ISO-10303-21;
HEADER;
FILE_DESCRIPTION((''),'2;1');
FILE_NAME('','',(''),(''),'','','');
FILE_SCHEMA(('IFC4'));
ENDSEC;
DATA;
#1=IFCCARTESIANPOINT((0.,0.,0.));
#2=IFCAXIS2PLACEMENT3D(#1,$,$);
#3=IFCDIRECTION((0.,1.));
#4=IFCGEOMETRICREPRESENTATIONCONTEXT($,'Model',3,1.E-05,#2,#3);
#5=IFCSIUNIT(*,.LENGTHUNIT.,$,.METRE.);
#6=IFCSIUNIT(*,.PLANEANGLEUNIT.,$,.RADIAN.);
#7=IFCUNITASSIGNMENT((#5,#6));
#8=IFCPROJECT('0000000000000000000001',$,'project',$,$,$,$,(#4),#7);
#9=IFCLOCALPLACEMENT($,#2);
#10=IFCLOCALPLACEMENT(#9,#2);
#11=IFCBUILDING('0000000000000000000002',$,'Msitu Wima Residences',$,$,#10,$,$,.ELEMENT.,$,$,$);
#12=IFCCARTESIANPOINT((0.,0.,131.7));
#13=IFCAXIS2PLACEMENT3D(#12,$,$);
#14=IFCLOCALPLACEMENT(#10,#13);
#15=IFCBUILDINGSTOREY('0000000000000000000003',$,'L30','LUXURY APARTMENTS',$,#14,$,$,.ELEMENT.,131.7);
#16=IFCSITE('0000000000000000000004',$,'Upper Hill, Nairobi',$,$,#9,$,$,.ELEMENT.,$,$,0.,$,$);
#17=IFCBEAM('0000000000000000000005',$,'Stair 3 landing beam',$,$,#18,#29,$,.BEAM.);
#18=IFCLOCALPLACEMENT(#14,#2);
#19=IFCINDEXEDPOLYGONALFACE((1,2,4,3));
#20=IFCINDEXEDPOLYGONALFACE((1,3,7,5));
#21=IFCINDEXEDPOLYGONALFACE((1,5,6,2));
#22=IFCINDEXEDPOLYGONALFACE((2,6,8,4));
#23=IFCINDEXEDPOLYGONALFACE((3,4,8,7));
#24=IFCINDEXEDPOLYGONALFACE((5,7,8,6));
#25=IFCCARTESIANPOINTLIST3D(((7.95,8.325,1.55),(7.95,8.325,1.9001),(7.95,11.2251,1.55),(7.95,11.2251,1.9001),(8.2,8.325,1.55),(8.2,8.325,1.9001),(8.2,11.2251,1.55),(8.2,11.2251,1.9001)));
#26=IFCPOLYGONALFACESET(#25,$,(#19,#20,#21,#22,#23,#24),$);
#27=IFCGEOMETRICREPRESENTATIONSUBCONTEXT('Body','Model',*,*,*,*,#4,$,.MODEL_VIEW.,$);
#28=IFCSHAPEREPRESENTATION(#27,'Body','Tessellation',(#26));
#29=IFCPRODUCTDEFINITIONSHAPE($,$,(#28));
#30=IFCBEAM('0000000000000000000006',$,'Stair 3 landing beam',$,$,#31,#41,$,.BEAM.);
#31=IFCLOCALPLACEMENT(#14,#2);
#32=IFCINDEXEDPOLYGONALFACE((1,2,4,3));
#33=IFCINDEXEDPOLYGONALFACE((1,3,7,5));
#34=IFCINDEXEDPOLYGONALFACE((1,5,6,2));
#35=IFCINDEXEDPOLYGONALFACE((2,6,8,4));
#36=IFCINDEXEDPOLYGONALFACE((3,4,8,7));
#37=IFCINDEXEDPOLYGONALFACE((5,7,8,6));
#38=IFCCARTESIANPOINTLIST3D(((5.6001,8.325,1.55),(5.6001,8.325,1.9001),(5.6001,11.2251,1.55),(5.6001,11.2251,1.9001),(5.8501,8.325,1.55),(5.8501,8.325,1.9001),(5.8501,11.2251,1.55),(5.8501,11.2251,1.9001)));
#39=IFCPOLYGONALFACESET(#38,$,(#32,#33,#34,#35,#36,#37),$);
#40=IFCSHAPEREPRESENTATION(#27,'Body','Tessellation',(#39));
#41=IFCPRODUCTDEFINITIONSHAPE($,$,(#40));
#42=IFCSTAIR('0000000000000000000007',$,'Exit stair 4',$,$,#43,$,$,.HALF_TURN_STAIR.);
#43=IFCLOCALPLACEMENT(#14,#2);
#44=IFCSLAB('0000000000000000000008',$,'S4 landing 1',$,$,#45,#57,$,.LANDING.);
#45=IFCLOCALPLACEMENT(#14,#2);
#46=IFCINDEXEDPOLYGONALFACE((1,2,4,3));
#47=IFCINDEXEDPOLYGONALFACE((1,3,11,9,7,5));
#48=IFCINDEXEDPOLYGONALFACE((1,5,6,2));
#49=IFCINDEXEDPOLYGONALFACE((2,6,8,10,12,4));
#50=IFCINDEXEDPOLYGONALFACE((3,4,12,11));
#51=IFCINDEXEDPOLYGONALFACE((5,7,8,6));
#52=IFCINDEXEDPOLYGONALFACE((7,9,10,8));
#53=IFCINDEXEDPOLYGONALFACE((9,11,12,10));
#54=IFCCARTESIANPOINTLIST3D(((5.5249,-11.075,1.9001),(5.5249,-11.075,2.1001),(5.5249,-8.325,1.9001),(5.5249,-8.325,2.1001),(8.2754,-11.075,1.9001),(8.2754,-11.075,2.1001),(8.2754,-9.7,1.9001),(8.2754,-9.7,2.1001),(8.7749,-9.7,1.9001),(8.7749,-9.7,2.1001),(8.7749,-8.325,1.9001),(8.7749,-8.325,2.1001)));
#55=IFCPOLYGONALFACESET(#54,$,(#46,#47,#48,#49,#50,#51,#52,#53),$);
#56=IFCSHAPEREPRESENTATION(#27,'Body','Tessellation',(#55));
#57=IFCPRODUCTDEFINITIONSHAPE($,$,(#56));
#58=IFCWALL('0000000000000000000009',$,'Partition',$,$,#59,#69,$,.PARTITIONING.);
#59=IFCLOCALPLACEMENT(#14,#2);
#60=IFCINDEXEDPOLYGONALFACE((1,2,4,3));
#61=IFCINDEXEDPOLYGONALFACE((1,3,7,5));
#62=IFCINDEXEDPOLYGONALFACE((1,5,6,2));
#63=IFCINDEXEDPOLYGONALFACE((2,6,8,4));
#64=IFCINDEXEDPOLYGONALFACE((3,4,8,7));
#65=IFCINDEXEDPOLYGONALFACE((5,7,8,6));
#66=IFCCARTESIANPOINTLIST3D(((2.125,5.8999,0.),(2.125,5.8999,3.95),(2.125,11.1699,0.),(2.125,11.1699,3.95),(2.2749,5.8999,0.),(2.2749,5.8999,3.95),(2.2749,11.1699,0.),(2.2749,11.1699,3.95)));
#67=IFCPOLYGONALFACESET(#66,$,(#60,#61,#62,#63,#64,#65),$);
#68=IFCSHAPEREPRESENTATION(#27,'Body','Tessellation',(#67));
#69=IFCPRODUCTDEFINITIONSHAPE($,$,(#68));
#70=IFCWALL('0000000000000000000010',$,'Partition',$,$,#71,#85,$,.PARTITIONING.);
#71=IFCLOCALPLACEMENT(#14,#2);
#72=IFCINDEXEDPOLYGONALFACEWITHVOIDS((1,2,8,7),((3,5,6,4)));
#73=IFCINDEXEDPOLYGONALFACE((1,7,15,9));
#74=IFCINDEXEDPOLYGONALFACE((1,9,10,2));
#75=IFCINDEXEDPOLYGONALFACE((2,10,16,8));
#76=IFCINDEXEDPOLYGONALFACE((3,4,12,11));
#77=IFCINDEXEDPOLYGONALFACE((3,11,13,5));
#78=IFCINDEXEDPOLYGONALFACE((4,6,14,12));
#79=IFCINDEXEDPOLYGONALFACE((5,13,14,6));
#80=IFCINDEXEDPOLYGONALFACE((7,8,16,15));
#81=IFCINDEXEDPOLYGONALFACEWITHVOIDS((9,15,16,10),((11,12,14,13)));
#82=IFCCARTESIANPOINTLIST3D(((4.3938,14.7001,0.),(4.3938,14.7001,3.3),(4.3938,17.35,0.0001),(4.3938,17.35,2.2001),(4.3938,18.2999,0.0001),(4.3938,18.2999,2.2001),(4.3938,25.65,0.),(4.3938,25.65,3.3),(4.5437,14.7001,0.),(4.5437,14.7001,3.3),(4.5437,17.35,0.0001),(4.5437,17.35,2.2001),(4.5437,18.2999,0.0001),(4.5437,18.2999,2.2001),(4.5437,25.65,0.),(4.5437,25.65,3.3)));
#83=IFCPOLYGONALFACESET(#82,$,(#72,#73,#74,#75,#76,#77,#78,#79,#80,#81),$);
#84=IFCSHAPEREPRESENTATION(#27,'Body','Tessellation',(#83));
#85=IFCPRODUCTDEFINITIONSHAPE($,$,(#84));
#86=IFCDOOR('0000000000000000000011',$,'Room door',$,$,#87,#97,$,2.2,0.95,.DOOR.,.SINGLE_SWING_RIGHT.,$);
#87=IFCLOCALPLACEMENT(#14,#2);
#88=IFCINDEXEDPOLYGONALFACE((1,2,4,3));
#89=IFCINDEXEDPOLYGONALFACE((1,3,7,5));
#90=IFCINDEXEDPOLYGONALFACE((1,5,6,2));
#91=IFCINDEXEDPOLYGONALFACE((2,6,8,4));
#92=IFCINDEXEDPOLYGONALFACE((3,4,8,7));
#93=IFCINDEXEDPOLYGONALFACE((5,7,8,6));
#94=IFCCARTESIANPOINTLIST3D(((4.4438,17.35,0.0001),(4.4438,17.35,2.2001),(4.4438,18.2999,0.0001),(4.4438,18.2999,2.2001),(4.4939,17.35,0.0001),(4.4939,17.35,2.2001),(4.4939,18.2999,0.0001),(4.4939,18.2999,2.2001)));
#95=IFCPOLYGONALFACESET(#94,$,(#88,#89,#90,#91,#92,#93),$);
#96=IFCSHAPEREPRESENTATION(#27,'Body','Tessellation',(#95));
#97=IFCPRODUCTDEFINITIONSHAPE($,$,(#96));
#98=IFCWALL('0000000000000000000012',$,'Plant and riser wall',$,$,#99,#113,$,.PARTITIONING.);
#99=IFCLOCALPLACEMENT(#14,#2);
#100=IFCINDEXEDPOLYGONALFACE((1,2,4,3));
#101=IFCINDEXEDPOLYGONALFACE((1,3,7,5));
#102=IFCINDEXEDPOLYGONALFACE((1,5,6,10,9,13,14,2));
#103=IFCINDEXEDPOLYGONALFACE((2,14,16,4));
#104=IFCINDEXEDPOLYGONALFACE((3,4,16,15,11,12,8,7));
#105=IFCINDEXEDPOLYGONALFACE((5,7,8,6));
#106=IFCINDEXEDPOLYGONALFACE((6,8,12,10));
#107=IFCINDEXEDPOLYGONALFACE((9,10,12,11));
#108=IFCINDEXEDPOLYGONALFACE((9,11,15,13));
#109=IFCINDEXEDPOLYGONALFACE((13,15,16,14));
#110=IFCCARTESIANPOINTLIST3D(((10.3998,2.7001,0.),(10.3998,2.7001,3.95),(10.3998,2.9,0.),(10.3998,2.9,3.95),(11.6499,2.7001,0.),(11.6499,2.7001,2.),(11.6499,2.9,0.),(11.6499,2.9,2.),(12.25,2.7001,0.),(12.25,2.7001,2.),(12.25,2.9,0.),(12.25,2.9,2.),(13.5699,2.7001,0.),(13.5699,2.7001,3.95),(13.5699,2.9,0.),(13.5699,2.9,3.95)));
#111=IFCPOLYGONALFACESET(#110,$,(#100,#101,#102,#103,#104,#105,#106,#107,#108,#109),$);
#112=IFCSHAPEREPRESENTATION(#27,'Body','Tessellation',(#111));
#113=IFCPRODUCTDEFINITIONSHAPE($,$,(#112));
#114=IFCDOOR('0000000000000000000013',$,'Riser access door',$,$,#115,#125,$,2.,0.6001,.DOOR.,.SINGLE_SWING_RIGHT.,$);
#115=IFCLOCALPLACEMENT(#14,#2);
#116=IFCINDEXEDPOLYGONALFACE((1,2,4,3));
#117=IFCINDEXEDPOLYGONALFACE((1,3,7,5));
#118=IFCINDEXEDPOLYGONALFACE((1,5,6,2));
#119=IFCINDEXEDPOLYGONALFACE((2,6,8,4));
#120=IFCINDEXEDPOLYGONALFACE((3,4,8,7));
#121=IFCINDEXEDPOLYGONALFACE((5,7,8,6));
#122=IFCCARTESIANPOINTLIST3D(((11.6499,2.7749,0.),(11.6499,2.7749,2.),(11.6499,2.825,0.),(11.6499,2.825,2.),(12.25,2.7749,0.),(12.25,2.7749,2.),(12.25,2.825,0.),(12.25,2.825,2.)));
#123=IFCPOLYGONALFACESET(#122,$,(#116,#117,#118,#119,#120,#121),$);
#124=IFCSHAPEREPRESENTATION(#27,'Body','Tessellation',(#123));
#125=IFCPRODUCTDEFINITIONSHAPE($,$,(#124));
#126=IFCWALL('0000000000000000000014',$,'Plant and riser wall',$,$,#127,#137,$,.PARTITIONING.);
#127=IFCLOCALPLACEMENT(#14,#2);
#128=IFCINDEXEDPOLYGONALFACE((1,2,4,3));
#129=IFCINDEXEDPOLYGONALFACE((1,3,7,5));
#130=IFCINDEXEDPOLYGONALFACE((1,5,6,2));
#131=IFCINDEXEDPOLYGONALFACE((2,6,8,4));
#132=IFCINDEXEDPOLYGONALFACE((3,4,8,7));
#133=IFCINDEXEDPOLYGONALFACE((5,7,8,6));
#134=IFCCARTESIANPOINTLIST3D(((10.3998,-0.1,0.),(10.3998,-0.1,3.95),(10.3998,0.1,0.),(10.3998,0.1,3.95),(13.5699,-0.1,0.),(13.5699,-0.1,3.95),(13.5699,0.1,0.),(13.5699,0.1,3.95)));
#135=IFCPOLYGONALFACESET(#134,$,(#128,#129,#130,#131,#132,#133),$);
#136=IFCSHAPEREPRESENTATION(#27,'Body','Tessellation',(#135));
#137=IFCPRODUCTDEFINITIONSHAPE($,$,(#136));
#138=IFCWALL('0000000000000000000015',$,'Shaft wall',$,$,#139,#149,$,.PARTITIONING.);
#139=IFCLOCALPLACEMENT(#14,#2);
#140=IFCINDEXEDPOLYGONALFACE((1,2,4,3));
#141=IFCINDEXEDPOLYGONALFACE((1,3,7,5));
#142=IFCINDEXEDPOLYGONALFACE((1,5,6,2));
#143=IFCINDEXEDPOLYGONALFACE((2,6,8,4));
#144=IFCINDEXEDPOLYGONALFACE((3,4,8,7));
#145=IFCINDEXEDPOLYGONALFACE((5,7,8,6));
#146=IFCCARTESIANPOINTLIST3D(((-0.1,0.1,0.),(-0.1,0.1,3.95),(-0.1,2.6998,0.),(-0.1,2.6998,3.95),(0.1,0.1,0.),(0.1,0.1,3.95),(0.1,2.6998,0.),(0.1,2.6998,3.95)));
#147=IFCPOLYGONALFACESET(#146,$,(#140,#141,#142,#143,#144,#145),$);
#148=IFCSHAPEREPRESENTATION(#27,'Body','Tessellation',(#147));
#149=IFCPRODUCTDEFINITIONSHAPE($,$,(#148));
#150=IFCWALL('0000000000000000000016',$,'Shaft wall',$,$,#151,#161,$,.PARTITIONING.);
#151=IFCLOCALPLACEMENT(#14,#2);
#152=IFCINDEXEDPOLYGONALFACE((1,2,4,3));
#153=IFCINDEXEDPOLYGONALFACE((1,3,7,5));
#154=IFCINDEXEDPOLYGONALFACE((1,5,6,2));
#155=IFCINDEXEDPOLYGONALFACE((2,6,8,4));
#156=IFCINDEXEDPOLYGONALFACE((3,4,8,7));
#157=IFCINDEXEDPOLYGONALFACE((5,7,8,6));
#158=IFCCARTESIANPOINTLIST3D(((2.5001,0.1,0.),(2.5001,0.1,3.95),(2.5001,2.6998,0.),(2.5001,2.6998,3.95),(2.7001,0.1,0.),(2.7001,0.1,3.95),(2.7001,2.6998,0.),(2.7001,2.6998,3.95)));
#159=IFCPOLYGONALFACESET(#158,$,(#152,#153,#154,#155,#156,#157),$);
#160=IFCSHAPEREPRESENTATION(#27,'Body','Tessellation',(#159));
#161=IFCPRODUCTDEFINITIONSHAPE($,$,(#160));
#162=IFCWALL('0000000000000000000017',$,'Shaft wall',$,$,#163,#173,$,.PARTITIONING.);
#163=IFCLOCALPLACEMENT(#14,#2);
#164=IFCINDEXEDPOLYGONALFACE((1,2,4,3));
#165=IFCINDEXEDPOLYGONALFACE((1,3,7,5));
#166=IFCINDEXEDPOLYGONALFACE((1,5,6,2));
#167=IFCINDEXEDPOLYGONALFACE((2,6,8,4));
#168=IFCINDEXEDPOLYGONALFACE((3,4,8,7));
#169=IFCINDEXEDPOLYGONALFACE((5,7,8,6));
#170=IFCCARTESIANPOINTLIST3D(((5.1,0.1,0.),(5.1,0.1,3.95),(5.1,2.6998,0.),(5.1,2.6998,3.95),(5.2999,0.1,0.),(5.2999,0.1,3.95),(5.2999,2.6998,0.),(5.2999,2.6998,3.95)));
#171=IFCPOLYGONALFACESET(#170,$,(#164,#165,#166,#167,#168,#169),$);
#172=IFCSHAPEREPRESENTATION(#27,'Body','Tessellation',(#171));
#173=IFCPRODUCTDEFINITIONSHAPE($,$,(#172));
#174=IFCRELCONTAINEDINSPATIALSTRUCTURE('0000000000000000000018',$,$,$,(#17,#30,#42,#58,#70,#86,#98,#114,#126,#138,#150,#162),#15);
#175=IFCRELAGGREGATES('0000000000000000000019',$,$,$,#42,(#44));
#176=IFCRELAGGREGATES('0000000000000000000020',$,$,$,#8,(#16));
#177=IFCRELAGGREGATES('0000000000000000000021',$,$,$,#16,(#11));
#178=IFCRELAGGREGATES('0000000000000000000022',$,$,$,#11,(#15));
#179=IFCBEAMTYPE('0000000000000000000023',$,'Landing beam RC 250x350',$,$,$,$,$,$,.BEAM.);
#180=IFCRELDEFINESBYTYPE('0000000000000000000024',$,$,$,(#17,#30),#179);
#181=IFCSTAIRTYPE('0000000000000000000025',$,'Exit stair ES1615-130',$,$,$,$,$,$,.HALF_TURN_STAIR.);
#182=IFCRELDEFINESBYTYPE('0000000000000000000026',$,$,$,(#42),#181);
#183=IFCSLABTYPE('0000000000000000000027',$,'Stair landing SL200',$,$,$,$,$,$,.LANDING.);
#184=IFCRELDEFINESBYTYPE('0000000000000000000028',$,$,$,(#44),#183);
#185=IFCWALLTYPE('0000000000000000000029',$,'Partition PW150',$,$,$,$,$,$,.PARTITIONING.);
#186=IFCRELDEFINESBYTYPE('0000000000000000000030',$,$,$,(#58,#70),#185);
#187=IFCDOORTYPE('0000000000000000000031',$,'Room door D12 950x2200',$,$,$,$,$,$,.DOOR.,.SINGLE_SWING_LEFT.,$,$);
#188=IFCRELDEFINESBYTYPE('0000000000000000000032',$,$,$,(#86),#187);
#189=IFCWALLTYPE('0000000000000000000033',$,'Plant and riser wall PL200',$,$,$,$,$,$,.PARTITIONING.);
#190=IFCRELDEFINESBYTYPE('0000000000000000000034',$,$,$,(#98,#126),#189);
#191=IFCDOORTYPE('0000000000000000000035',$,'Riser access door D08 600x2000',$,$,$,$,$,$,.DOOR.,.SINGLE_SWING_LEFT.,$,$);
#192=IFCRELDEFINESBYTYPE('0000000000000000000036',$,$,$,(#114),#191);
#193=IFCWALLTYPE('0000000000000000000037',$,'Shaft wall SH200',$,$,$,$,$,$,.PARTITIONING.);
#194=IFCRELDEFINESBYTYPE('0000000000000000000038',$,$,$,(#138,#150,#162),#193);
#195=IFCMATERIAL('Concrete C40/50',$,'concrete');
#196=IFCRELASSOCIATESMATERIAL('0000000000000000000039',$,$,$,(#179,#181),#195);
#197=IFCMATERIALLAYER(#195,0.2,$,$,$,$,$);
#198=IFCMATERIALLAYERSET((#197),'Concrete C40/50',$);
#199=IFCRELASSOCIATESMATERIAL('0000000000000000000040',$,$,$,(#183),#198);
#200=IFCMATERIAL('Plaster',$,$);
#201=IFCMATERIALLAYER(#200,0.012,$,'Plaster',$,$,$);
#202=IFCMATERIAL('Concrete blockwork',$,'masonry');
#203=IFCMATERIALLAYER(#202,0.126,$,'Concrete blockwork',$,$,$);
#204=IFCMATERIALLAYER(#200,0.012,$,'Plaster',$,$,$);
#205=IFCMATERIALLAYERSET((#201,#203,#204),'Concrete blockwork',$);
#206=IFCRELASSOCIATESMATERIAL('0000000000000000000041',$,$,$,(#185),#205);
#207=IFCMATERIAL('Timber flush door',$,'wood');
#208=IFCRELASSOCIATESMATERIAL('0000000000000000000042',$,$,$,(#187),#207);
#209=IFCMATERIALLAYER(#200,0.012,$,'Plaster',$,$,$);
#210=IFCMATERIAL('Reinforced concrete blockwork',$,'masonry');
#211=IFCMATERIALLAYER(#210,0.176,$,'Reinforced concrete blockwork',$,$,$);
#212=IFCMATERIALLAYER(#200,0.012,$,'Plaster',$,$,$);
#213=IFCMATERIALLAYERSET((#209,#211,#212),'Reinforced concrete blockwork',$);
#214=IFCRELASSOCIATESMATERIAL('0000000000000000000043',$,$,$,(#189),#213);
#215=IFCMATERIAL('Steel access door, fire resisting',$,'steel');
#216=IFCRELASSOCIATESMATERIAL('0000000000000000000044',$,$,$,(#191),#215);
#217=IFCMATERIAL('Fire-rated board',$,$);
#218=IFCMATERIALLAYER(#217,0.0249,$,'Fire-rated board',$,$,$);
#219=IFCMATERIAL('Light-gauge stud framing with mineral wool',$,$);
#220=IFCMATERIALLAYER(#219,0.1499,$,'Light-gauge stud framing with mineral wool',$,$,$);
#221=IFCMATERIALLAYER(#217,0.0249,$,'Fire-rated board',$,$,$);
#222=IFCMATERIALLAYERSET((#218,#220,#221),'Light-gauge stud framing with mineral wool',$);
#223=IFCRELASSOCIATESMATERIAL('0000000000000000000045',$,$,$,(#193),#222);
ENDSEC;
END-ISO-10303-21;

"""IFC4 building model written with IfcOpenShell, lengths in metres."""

from ifc_helpers import new_model, si_unit, direction, frame, frame_2d, origin, origin_2d, place, context, subcontext, project, spatial, polyline, rectangle, outline, extrude, material, layer, layer_set, material_profile, profile_set, type_object, element, fill, aggregate, save


model = new_model("IFC4")

# Units and contexts
model_context = context("Model", 3, precision=1e-05, world=origin(), true_north=direction((0.0, 1.0)))
body_context = subcontext(model_context, "Body", "Model", "MODEL_VIEW")
ifc_project = project(units=[si_unit("LENGTHUNIT", "METRE"), si_unit("PLANEANGLEUNIT", "RADIAN")], contexts=[model_context])

# Site, building, storey
site_placement = place(None, origin())
site = spatial("IfcSite", under=ifc_project, at=site_placement, Name="Upper Hill, Nairobi", CompositionType="ELEMENT", RefElevation=0.0)
building_placement = place(site_placement, origin())
building = spatial("IfcBuilding", under=site, at=building_placement, Name="Msitu Wima Residences", CompositionType="ELEMENT")
storey_placement = place(building_placement, frame((0.0, 0.0, 131.7)))
storey = spatial("IfcBuildingStorey", under=building, at=storey_placement, Name="L30", Description="LUXURY APARTMENTS", CompositionType="ELEMENT", Elevation=131.7)

# Beams
ifc_material_1 = material(Name="Concrete C40/50", Category="concrete")
ifc_material_profile = material_profile(ifc_material_1, rectangle(XDim=0.25, YDim=0.3501, at=origin_2d()), Name="RC 250x350")
ifc_profile_set = profile_set([ifc_material_profile], Name="Concrete C40/50")
beam_type = type_object("IfcBeamType", Name="Landing beam RC 250x350", PredefinedType="BEAM", material=ifc_profile_set)
for number, where, z_axis, x_axis, name in (
    (1, (8.075, 8.325, 1.7251), (0.0, 1.0, 0.0), (-1.0, 0.0, 0.0), "Stair 3 landing beam"),
    (2, (5.7251, 8.325, 1.7251), (0.0, 1.0, 0.0), (-1.0, 0.0, 0.0), "Stair 3 landing beam"),
):
    element("IfcBeam", number, at=place(storey_placement, frame(where, z_axis=z_axis, x_axis=x_axis)), inside=storey, type_object=beam_type, Name=name, PredefinedType="BEAM", context=body_context, shape_type="SweptSolid", body=[
        extrude(rectangle(XDim=0.25, YDim=0.3501, at=origin_2d()), origin(), (0.0, 0.0, 1.0), 2.9001),
    ])

# Stair, slab
stair_type = type_object("IfcStairType", Name="Exit stair ES1615-130", PredefinedType="HALF_TURN_STAIR", material=ifc_material_1)
stair_1_placement = place(storey_placement, origin())
stair_1 = element("IfcStair", 3, at=stair_1_placement, inside=storey, type_object=stair_type, Name="Exit stair 4", PredefinedType="HALF_TURN_STAIR")
ifc_layer_1 = layer(ifc_material_1, 0.2)
ifc_layer_set_1 = layer_set([ifc_layer_1], Name="Concrete C40/50")
slab_type = type_object("IfcSlabType", Name="Stair landing SL200", PredefinedType="LANDING", material=ifc_layer_set_1)
slab_placement = place(storey_placement, frame((0.0, 0.0, 1.9001)))
slab = element("IfcSlab", 4, at=slab_placement, type_object=slab_type, Name="S4 landing 1", PredefinedType="LANDING", context=body_context, shape_type="SweptSolid", body=[
    extrude(outline(polyline([(5.5249, -11.075), (8.2754, -11.075), (8.2754, -9.7), (8.7749, -9.7), (8.7749, -8.325), (5.5249, -8.325), (5.5249, -11.075)])), origin(), (0.0, 0.0, 1.0), 0.2),
])
aggregate(stair_1, [slab])

# Wall
ifc_material_2 = material(Name="Plaster")
ifc_layer_2 = layer(ifc_material_2, 0.012, Name="Plaster")
ifc_material_3 = material(Name="Concrete blockwork", Category="masonry")
ifc_layer_3 = layer(ifc_material_3, 0.126, Name="Concrete blockwork")
ifc_layer_4 = layer(ifc_material_2, 0.012, Name="Plaster")
ifc_layer_set_2 = layer_set([ifc_layer_2, ifc_layer_3, ifc_layer_4], Name="Concrete blockwork")
wall_type_1 = type_object("IfcWallType", Name="Partition PW150", PredefinedType="PARTITIONING", material=ifc_layer_set_2)
wall_1_placement = place(storey_placement, frame((2.2, 5.8999, 0.0), z_axis=(0.0, 0.0, 1.0), x_axis=(0.0, 1.0, 0.0)))
element("IfcWall", 5, at=wall_1_placement, inside=storey, type_object=wall_type_1, Name="Partition", PredefinedType="PARTITIONING", context=body_context, shape_type="SweptSolid", body=[
    extrude(rectangle(XDim=5.27, YDim=0.1499, at=frame_2d((2.635, 0.0))), origin(), (0.0, 0.0, 1.0), 3.95),
])

# Walls, openings, doors
wall_2_placement = place(storey_placement, frame((4.4688, 14.7, 0.0), z_axis=(0.0, 0.0, 1.0), x_axis=(0.0, 1.0, 0.0)))
wall_2 = element("IfcWall", 6, at=wall_2_placement, inside=storey, type_object=wall_type_1, Name="Partition", PredefinedType="PARTITIONING", context=body_context, shape_type="SweptSolid", body=[
    extrude(rectangle(XDim=10.95, YDim=0.1499, at=frame_2d((5.4751, 0.0))), origin(), (0.0, 0.0, 1.0), 3.3),
])
opening_1_placement = place(wall_2_placement, frame((2.6499, 0.0, 0.0)))
opening_1 = element("IfcOpeningElement", 7, at=opening_1_placement, cuts=wall_2, PredefinedType="OPENING", context=body_context, shape_type="SweptSolid", body=[
    extrude(rectangle(XDim=0.95, YDim=2.2, at=frame_2d((0.4751, 1.1001))), frame((0.0, 0.085, 0.0), z_axis=(0.0, -1.0, 0.0), x_axis=(1.0, 0.0, 0.0)), (0.0, 0.0, 1.0), 0.1699),
])
ifc_material_4 = material(Name="Timber flush door", Category="wood")
door_type_1 = type_object("IfcDoorType", Name="Room door D12 950x2200", OperationType="SINGLE_SWING_LEFT", PredefinedType="DOOR", material=ifc_material_4)
door_1_placement = place(opening_1_placement, origin())
door_1 = element("IfcDoor", 8, at=door_1_placement, inside=storey, type_object=door_type_1, Name="Room door", OperationType="SINGLE_SWING_RIGHT", OverallHeight=2.2, OverallWidth=0.95, PredefinedType="DOOR", context=body_context, shape_type="SweptSolid", body=[
    extrude(rectangle(XDim=0.95, YDim=2.2, at=frame_2d((0.4751, 1.1001))), frame((0.0, 0.0249, 0.0), z_axis=(0.0, -1.0, 0.0), x_axis=(1.0, 0.0, 0.0)), (0.0, 0.0, 1.0), 0.05),
])
fill(opening_1, door_1)
ifc_layer_5 = layer(ifc_material_2, 0.012, Name="Plaster")
ifc_material_5 = material(Name="Reinforced concrete blockwork", Category="masonry")
ifc_layer_6 = layer(ifc_material_5, 0.176, Name="Reinforced concrete blockwork")
ifc_layer_7 = layer(ifc_material_2, 0.012, Name="Plaster")
ifc_layer_set_3 = layer_set([ifc_layer_5, ifc_layer_6, ifc_layer_7], Name="Reinforced concrete blockwork")
wall_type_2 = type_object("IfcWallType", Name="Plant and riser wall PL200", PredefinedType="PARTITIONING", material=ifc_layer_set_3)
wall_3_placement = place(storey_placement, frame((10.3999, 2.8, 0.0), z_axis=(0.0, 0.0, 1.0), x_axis=(1.0, 0.0, 0.0)))
wall_3 = element("IfcWall", 9, at=wall_3_placement, inside=storey, type_object=wall_type_2, Name="Plant and riser wall", PredefinedType="PARTITIONING", context=body_context, shape_type="SweptSolid", body=[
    extrude(rectangle(XDim=3.1702, YDim=0.2, at=frame_2d((1.585, 0.0))), origin(), (0.0, 0.0, 1.0), 3.95),
])
opening_2_placement = place(wall_3_placement, frame((1.25, 0.0, 0.0)))
opening_2 = element("IfcOpeningElement", 10, at=opening_2_placement, cuts=wall_3, PredefinedType="OPENING", context=body_context, shape_type="SweptSolid", body=[
    extrude(rectangle(XDim=0.6001, YDim=2.0, at=frame_2d((0.3, 1.0))), frame((0.0, 0.1099, 0.0), z_axis=(0.0, -1.0, 0.0), x_axis=(1.0, 0.0, 0.0)), (0.0, 0.0, 1.0), 0.22),
])
ifc_material_6 = material(Name="Steel access door, fire resisting", Category="steel")
door_type_2 = type_object("IfcDoorType", Name="Riser access door D08 600x2000", OperationType="SINGLE_SWING_LEFT", PredefinedType="DOOR", material=ifc_material_6)
door_2_placement = place(opening_2_placement, origin())
door_2 = element("IfcDoor", 11, at=door_2_placement, inside=storey, type_object=door_type_2, Name="Riser access door", OperationType="SINGLE_SWING_RIGHT", OverallHeight=2.0, OverallWidth=0.6001, PredefinedType="DOOR", context=body_context, shape_type="SweptSolid", body=[
    extrude(rectangle(XDim=0.6001, YDim=2.0, at=frame_2d((0.3, 1.0))), frame((0.0, 0.0249, 0.0), z_axis=(0.0, -1.0, 0.0), x_axis=(1.0, 0.0, 0.0)), (0.0, 0.0, 1.0), 0.05),
])
fill(opening_2, door_2)

# Walls
wall_4_placement = place(storey_placement, frame((10.3999, 0.0, 0.0), z_axis=(0.0, 0.0, 1.0), x_axis=(1.0, 0.0, 0.0)))
element("IfcWall", 12, at=wall_4_placement, inside=storey, type_object=wall_type_2, Name="Plant and riser wall", PredefinedType="PARTITIONING", context=body_context, shape_type="SweptSolid", body=[
    extrude(rectangle(XDim=3.1702, YDim=0.2, at=frame_2d((1.585, 0.0))), origin(), (0.0, 0.0, 1.0), 3.95),
])
ifc_material_7 = material(Name="Fire-rated board")
ifc_layer_8 = layer(ifc_material_7, 0.0249, Name="Fire-rated board")
ifc_material_8 = material(Name="Light-gauge stud framing with mineral wool")
ifc_layer_9 = layer(ifc_material_8, 0.1499, Name="Light-gauge stud framing with mineral wool")
ifc_layer_10 = layer(ifc_material_7, 0.0249, Name="Fire-rated board")
ifc_layer_set_4 = layer_set([ifc_layer_8, ifc_layer_9, ifc_layer_10], Name="Light-gauge stud framing with mineral wool")
wall_type_3 = type_object("IfcWallType", Name="Shaft wall SH200", PredefinedType="PARTITIONING", material=ifc_layer_set_4)
for number, where, z_axis, x_axis, name in (
    (13, (0.0, 0.1001, 0.0), (0.0, 0.0, 1.0), (0.0, 1.0, 0.0), "Shaft wall"),
    (14, (2.6001, 0.1001, 0.0), (0.0, 0.0, 1.0), (0.0, 1.0, 0.0), "Shaft wall"),
    (15, (5.2, 0.1001, 0.0), (0.0, 0.0, 1.0), (0.0, 1.0, 0.0), "Shaft wall"),
):
    element("IfcWall", number, at=place(storey_placement, frame(where, z_axis=z_axis, x_axis=x_axis)), inside=storey, type_object=wall_type_3, Name=name, PredefinedType="PARTITIONING", context=body_context, shape_type="SweptSolid", body=[
        extrude(rectangle(XDim=2.5999, YDim=0.2, at=frame_2d((1.2998, 0.0))), origin(), (0.0, 0.0, 1.0), 3.95),
    ])

save(model, "model.ifc")
